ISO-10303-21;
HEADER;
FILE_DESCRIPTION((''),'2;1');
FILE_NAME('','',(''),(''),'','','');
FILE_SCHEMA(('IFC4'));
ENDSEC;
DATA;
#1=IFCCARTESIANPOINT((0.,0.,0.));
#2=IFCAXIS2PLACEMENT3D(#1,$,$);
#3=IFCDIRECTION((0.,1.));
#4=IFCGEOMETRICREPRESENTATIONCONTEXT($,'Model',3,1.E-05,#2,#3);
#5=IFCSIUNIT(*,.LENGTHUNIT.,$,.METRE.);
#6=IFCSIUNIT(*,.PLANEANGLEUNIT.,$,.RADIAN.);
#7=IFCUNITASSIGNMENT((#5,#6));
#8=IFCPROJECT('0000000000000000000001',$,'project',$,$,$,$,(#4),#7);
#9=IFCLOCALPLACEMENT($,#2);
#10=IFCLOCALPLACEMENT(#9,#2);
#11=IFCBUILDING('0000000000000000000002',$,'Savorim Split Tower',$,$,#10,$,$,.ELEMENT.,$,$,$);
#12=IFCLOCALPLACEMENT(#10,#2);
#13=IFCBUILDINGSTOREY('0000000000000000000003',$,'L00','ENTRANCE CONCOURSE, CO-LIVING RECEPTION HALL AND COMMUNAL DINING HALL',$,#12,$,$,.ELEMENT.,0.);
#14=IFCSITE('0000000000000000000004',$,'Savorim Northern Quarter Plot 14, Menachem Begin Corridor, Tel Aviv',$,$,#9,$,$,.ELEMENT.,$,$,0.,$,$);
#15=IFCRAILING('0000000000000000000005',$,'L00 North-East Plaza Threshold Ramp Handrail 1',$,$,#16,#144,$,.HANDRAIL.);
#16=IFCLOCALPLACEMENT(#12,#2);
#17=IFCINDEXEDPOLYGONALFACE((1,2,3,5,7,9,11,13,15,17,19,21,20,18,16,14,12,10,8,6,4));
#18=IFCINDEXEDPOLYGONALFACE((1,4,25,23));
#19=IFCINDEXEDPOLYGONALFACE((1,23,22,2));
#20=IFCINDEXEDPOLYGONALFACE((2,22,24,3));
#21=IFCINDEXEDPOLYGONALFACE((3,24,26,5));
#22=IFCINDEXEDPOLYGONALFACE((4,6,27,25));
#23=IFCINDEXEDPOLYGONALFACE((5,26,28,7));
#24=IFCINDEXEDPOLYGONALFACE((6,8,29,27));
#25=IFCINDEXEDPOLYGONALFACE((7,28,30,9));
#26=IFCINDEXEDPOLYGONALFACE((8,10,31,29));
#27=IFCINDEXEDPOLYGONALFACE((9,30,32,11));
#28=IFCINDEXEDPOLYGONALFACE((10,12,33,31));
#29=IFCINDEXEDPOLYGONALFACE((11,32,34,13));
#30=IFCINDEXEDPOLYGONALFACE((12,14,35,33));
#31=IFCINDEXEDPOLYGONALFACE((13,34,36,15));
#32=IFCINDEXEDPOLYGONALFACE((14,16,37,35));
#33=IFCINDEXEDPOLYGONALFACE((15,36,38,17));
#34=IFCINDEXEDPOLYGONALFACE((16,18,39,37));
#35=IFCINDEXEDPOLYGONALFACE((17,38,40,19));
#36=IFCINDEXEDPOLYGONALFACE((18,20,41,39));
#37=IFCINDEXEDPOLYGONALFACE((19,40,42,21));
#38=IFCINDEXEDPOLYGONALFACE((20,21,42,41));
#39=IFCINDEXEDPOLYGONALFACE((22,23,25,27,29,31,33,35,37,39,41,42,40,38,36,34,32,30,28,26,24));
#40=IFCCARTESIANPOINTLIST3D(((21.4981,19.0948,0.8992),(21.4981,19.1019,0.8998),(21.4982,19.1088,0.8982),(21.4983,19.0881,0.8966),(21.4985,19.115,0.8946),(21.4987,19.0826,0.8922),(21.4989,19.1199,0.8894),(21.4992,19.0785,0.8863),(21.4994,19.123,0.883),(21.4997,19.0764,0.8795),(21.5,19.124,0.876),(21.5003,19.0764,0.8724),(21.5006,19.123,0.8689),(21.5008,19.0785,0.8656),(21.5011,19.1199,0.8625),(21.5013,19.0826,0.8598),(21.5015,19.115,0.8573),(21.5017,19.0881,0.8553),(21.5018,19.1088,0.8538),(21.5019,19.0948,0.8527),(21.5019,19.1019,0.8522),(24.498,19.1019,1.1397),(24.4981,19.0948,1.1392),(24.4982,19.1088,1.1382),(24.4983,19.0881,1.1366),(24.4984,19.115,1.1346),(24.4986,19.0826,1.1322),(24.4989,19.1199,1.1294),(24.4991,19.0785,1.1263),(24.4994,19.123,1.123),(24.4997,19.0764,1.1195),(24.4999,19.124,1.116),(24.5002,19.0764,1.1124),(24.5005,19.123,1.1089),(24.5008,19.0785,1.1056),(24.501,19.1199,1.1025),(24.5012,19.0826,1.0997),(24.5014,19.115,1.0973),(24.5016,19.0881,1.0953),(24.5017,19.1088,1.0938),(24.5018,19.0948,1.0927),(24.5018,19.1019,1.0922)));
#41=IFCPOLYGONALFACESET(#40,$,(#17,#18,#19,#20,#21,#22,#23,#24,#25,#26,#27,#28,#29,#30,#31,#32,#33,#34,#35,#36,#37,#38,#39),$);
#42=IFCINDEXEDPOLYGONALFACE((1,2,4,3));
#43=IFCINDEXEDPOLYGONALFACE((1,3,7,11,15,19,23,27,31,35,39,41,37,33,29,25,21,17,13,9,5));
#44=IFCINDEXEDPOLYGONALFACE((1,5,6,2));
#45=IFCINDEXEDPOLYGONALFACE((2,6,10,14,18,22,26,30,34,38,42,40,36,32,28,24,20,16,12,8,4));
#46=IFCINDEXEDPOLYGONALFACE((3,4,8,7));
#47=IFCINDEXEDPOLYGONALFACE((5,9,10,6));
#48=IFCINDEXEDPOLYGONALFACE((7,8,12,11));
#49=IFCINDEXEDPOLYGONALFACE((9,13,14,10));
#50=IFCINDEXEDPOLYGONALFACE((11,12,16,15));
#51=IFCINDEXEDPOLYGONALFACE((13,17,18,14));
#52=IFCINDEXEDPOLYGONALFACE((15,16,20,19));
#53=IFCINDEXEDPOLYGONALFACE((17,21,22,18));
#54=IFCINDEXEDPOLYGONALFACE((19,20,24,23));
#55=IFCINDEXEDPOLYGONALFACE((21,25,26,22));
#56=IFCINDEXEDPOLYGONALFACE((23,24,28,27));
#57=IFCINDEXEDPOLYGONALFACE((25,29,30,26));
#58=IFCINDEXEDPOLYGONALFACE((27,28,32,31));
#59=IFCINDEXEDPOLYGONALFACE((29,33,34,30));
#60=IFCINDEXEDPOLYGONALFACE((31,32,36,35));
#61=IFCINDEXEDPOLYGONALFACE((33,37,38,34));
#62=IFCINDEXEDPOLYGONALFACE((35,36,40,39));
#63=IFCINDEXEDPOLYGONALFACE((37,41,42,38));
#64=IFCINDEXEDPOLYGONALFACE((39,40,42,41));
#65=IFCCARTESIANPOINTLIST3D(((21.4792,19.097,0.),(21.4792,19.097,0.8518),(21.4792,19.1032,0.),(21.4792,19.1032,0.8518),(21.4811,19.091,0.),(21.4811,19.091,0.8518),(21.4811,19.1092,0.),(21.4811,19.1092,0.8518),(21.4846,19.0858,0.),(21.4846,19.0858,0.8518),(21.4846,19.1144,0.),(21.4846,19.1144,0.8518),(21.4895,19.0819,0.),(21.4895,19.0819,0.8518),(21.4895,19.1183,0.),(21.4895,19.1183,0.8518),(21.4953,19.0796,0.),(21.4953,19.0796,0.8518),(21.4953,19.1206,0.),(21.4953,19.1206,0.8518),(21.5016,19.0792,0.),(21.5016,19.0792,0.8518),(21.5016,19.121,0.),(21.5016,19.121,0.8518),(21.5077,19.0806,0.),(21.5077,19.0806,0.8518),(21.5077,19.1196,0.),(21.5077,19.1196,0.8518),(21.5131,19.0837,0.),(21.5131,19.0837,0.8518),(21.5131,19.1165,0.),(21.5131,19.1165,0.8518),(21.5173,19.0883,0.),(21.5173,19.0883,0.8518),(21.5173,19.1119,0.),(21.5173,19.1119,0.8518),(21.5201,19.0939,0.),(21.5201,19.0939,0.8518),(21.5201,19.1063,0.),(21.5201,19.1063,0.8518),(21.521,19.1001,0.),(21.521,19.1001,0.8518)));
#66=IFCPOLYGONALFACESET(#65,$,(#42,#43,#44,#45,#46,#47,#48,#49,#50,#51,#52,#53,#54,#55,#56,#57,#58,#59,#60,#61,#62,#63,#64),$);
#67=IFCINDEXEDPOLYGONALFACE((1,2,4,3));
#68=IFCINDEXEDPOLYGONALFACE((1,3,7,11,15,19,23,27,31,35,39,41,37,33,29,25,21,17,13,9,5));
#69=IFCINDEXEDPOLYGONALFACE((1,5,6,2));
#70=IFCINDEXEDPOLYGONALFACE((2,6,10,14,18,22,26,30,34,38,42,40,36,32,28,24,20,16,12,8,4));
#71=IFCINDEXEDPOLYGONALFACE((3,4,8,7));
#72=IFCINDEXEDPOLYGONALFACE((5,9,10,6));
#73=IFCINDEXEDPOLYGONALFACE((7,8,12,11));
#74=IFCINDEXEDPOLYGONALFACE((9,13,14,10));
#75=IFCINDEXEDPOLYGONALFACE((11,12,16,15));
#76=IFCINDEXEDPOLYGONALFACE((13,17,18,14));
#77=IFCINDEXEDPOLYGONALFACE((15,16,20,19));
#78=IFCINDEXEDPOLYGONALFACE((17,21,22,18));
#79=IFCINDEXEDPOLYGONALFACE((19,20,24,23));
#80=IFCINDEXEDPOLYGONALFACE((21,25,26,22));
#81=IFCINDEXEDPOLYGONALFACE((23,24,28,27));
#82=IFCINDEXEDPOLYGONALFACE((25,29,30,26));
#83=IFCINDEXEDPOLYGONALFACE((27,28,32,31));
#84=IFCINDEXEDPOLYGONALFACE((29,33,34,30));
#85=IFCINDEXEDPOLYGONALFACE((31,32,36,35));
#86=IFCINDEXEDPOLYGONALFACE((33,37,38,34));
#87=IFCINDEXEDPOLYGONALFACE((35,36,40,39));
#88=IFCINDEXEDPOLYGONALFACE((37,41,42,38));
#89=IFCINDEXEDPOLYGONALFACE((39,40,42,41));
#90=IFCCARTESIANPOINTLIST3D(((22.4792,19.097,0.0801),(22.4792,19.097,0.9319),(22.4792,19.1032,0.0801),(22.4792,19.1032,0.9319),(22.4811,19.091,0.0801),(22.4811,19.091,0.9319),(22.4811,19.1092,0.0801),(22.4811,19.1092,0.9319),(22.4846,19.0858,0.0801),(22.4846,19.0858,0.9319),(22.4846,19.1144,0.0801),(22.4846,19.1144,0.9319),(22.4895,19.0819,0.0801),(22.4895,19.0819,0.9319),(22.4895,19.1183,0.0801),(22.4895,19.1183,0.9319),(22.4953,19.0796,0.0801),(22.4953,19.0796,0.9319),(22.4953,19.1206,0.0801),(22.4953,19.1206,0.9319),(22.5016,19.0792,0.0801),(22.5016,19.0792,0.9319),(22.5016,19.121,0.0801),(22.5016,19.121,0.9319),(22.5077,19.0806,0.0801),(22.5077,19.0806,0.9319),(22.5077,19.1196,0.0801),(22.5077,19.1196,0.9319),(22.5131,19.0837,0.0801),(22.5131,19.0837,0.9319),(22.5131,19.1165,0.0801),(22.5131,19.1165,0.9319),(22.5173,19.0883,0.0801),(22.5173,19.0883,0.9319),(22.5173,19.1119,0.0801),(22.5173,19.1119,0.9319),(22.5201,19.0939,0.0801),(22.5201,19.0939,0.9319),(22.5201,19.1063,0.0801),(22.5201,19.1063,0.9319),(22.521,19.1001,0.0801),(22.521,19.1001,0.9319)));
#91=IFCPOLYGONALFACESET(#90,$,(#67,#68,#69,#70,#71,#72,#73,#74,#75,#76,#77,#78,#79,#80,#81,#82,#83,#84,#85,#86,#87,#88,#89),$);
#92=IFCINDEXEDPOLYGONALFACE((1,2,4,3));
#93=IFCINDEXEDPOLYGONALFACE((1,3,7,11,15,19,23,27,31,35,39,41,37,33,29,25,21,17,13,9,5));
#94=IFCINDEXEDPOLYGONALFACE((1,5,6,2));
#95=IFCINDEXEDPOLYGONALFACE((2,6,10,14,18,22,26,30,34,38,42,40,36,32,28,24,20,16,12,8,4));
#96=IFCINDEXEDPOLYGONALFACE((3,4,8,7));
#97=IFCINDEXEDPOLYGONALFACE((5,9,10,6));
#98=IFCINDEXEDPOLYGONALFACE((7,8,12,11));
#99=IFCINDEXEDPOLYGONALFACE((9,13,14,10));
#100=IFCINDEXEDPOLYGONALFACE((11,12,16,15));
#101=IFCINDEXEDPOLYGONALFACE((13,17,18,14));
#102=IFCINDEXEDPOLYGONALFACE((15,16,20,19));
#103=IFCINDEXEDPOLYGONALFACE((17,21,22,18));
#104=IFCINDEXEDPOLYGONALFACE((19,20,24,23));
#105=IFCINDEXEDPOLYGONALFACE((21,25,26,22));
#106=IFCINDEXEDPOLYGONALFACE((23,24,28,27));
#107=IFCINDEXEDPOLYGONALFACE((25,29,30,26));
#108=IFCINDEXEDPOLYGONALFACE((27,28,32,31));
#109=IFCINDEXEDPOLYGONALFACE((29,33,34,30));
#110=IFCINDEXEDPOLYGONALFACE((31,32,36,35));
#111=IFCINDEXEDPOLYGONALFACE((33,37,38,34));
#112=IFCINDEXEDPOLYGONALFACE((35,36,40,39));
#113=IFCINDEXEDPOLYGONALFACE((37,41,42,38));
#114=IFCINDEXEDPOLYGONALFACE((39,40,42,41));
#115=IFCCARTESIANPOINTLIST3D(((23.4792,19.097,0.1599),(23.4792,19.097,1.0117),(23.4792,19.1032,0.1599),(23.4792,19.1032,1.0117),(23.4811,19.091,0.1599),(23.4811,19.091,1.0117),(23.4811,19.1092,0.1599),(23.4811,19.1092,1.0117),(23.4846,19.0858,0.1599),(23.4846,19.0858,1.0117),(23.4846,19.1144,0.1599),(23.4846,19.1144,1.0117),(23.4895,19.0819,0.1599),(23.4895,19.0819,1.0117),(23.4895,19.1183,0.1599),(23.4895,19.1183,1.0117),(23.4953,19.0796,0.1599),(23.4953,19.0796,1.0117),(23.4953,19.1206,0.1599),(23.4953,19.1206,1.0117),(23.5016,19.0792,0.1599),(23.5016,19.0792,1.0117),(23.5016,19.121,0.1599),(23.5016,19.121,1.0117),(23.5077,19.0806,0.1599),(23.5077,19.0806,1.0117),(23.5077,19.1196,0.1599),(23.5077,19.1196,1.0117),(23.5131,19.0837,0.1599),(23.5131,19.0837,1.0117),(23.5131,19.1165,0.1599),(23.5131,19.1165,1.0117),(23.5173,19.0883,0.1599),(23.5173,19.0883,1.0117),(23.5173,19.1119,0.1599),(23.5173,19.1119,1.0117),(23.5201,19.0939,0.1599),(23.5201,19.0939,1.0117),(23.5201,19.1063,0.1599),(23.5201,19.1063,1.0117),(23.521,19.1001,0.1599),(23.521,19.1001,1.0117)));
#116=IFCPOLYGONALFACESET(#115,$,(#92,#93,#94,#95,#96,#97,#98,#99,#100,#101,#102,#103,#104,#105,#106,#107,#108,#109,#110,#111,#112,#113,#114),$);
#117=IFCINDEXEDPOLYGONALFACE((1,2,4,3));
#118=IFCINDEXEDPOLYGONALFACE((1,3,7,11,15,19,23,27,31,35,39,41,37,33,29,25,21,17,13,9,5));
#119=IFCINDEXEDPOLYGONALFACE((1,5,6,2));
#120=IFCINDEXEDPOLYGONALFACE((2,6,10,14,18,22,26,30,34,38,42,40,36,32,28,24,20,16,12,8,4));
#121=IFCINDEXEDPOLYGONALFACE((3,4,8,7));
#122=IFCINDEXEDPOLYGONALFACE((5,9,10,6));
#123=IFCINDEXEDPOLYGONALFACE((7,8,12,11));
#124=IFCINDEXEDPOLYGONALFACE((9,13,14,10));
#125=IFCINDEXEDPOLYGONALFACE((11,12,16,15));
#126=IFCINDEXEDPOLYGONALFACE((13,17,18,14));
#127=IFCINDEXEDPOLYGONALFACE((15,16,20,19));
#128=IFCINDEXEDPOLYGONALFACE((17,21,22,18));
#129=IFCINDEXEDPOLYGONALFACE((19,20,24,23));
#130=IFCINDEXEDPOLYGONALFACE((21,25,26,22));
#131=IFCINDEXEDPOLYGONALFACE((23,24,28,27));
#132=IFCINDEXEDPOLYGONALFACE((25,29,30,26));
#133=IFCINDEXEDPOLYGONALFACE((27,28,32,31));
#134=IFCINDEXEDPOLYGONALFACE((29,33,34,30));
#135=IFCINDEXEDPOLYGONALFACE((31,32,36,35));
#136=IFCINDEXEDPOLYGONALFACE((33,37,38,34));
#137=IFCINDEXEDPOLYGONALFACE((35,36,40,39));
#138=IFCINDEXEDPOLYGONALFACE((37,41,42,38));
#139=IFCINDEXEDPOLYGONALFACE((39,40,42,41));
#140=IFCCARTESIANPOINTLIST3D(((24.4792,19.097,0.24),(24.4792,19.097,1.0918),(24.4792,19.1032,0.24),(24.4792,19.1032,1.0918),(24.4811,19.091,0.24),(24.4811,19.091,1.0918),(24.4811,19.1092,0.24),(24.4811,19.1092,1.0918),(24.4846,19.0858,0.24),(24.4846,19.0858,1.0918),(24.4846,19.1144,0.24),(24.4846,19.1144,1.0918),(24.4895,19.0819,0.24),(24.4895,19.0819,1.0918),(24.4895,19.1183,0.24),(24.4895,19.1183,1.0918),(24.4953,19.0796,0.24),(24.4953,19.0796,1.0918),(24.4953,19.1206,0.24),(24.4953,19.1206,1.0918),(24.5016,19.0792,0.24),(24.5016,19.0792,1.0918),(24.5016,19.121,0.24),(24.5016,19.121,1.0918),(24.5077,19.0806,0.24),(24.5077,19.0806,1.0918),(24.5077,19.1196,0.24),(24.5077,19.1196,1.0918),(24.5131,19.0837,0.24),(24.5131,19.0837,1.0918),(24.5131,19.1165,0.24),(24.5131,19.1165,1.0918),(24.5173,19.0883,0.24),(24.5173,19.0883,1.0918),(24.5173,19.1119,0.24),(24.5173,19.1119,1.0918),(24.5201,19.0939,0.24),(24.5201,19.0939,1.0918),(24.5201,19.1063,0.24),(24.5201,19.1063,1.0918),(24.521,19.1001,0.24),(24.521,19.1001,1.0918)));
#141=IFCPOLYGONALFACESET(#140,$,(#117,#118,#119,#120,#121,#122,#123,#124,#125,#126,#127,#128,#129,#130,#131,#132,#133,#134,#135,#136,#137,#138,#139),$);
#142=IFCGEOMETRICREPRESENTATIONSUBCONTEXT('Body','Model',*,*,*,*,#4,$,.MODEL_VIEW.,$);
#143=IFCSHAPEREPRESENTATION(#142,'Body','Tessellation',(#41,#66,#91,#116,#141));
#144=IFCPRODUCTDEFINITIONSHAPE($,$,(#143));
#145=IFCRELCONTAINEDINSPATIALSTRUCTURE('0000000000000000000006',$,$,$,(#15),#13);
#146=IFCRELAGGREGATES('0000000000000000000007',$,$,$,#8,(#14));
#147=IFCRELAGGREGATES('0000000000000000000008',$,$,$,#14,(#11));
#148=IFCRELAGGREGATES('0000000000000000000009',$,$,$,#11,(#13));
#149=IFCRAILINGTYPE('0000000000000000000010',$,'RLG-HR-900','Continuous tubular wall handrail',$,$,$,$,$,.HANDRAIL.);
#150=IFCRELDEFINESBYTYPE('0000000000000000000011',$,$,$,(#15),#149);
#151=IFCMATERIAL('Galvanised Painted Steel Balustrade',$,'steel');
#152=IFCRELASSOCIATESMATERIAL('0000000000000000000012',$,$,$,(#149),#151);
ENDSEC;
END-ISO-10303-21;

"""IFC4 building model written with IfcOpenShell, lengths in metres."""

from ifc_helpers import new_model, si_unit, direction, frame, origin, origin_2d, place, context, subcontext, project, spatial, circle, extrude, material, type_object, element, save


model = new_model("IFC4")

# Units and contexts
model_context = context("Model", 3, precision=1e-05, world=origin(), true_north=direction((0.0, 1.0)))
body_context = subcontext(model_context, "Body", "Model", "MODEL_VIEW")
ifc_project = project(units=[si_unit("LENGTHUNIT", "METRE"), si_unit("PLANEANGLEUNIT", "RADIAN")], contexts=[model_context])

# Site, building, storey
site_placement = place(None, origin())
site = spatial("IfcSite", under=ifc_project, at=site_placement, Name="Savorim Northern Quarter Plot 14, Menachem Begin Corridor, Tel Aviv", CompositionType="ELEMENT", RefElevation=0.0)
building_placement = place(site_placement, origin())
building = spatial("IfcBuilding", under=site, at=building_placement, Name="Savorim Split Tower", CompositionType="ELEMENT")
storey_placement = place(building_placement, origin())
storey = spatial("IfcBuildingStorey", under=building, at=storey_placement, Name="L00", Description="ENTRANCE CONCOURSE, CO-LIVING RECEPTION HALL AND COMMUNAL DINING HALL", CompositionType="ELEMENT", Elevation=0.0)

# Railing
ifc_material_1 = material(Name="Galvanised Painted Steel Balustrade", Category="steel")
railing_type_1 = type_object("IfcRailingType", Name="RLG-HR-900", Description="Continuous tubular wall handrail", PredefinedType="HANDRAIL", material=ifc_material_1)
for number, where, name in (
    (1, (21.5, 19.1001, 0.0), "L00 North-East Plaza Threshold Ramp Handrail 1"),
):
    element("IfcRailing", number, at=place(storey_placement, frame(where)), inside=storey, type_object=railing_type_1, Name=name, PredefinedType="HANDRAIL", context=body_context, shape_type="SweptSolid", body=[
        extrude(circle(Radius=0.0239, at=origin_2d()), frame((0.0, 0.0, 0.876), z_axis=(0.996816, 0.0, 0.079742), x_axis=(0.0, 1.0, 0.0)), (0.0, 0.0, 1.0), 3.0095),
        extrude(circle(Radius=0.021, at=origin_2d()), origin(), (0.0, 0.0, 1.0), 0.8518),
        extrude(circle(Radius=0.021, at=origin_2d()), frame((1.0, 0.0, 0.0801)), (0.0, 0.0, 1.0), 0.8518),
        extrude(circle(Radius=0.021, at=origin_2d()), frame((2.0, 0.0, 0.1599)), (0.0, 0.0, 1.0), 0.8518),
        extrude(circle(Radius=0.021, at=origin_2d()), frame((3.0, 0.0, 0.24)), (0.0, 0.0, 1.0), 0.8518),
    ])

save(model, "model.ifc")
